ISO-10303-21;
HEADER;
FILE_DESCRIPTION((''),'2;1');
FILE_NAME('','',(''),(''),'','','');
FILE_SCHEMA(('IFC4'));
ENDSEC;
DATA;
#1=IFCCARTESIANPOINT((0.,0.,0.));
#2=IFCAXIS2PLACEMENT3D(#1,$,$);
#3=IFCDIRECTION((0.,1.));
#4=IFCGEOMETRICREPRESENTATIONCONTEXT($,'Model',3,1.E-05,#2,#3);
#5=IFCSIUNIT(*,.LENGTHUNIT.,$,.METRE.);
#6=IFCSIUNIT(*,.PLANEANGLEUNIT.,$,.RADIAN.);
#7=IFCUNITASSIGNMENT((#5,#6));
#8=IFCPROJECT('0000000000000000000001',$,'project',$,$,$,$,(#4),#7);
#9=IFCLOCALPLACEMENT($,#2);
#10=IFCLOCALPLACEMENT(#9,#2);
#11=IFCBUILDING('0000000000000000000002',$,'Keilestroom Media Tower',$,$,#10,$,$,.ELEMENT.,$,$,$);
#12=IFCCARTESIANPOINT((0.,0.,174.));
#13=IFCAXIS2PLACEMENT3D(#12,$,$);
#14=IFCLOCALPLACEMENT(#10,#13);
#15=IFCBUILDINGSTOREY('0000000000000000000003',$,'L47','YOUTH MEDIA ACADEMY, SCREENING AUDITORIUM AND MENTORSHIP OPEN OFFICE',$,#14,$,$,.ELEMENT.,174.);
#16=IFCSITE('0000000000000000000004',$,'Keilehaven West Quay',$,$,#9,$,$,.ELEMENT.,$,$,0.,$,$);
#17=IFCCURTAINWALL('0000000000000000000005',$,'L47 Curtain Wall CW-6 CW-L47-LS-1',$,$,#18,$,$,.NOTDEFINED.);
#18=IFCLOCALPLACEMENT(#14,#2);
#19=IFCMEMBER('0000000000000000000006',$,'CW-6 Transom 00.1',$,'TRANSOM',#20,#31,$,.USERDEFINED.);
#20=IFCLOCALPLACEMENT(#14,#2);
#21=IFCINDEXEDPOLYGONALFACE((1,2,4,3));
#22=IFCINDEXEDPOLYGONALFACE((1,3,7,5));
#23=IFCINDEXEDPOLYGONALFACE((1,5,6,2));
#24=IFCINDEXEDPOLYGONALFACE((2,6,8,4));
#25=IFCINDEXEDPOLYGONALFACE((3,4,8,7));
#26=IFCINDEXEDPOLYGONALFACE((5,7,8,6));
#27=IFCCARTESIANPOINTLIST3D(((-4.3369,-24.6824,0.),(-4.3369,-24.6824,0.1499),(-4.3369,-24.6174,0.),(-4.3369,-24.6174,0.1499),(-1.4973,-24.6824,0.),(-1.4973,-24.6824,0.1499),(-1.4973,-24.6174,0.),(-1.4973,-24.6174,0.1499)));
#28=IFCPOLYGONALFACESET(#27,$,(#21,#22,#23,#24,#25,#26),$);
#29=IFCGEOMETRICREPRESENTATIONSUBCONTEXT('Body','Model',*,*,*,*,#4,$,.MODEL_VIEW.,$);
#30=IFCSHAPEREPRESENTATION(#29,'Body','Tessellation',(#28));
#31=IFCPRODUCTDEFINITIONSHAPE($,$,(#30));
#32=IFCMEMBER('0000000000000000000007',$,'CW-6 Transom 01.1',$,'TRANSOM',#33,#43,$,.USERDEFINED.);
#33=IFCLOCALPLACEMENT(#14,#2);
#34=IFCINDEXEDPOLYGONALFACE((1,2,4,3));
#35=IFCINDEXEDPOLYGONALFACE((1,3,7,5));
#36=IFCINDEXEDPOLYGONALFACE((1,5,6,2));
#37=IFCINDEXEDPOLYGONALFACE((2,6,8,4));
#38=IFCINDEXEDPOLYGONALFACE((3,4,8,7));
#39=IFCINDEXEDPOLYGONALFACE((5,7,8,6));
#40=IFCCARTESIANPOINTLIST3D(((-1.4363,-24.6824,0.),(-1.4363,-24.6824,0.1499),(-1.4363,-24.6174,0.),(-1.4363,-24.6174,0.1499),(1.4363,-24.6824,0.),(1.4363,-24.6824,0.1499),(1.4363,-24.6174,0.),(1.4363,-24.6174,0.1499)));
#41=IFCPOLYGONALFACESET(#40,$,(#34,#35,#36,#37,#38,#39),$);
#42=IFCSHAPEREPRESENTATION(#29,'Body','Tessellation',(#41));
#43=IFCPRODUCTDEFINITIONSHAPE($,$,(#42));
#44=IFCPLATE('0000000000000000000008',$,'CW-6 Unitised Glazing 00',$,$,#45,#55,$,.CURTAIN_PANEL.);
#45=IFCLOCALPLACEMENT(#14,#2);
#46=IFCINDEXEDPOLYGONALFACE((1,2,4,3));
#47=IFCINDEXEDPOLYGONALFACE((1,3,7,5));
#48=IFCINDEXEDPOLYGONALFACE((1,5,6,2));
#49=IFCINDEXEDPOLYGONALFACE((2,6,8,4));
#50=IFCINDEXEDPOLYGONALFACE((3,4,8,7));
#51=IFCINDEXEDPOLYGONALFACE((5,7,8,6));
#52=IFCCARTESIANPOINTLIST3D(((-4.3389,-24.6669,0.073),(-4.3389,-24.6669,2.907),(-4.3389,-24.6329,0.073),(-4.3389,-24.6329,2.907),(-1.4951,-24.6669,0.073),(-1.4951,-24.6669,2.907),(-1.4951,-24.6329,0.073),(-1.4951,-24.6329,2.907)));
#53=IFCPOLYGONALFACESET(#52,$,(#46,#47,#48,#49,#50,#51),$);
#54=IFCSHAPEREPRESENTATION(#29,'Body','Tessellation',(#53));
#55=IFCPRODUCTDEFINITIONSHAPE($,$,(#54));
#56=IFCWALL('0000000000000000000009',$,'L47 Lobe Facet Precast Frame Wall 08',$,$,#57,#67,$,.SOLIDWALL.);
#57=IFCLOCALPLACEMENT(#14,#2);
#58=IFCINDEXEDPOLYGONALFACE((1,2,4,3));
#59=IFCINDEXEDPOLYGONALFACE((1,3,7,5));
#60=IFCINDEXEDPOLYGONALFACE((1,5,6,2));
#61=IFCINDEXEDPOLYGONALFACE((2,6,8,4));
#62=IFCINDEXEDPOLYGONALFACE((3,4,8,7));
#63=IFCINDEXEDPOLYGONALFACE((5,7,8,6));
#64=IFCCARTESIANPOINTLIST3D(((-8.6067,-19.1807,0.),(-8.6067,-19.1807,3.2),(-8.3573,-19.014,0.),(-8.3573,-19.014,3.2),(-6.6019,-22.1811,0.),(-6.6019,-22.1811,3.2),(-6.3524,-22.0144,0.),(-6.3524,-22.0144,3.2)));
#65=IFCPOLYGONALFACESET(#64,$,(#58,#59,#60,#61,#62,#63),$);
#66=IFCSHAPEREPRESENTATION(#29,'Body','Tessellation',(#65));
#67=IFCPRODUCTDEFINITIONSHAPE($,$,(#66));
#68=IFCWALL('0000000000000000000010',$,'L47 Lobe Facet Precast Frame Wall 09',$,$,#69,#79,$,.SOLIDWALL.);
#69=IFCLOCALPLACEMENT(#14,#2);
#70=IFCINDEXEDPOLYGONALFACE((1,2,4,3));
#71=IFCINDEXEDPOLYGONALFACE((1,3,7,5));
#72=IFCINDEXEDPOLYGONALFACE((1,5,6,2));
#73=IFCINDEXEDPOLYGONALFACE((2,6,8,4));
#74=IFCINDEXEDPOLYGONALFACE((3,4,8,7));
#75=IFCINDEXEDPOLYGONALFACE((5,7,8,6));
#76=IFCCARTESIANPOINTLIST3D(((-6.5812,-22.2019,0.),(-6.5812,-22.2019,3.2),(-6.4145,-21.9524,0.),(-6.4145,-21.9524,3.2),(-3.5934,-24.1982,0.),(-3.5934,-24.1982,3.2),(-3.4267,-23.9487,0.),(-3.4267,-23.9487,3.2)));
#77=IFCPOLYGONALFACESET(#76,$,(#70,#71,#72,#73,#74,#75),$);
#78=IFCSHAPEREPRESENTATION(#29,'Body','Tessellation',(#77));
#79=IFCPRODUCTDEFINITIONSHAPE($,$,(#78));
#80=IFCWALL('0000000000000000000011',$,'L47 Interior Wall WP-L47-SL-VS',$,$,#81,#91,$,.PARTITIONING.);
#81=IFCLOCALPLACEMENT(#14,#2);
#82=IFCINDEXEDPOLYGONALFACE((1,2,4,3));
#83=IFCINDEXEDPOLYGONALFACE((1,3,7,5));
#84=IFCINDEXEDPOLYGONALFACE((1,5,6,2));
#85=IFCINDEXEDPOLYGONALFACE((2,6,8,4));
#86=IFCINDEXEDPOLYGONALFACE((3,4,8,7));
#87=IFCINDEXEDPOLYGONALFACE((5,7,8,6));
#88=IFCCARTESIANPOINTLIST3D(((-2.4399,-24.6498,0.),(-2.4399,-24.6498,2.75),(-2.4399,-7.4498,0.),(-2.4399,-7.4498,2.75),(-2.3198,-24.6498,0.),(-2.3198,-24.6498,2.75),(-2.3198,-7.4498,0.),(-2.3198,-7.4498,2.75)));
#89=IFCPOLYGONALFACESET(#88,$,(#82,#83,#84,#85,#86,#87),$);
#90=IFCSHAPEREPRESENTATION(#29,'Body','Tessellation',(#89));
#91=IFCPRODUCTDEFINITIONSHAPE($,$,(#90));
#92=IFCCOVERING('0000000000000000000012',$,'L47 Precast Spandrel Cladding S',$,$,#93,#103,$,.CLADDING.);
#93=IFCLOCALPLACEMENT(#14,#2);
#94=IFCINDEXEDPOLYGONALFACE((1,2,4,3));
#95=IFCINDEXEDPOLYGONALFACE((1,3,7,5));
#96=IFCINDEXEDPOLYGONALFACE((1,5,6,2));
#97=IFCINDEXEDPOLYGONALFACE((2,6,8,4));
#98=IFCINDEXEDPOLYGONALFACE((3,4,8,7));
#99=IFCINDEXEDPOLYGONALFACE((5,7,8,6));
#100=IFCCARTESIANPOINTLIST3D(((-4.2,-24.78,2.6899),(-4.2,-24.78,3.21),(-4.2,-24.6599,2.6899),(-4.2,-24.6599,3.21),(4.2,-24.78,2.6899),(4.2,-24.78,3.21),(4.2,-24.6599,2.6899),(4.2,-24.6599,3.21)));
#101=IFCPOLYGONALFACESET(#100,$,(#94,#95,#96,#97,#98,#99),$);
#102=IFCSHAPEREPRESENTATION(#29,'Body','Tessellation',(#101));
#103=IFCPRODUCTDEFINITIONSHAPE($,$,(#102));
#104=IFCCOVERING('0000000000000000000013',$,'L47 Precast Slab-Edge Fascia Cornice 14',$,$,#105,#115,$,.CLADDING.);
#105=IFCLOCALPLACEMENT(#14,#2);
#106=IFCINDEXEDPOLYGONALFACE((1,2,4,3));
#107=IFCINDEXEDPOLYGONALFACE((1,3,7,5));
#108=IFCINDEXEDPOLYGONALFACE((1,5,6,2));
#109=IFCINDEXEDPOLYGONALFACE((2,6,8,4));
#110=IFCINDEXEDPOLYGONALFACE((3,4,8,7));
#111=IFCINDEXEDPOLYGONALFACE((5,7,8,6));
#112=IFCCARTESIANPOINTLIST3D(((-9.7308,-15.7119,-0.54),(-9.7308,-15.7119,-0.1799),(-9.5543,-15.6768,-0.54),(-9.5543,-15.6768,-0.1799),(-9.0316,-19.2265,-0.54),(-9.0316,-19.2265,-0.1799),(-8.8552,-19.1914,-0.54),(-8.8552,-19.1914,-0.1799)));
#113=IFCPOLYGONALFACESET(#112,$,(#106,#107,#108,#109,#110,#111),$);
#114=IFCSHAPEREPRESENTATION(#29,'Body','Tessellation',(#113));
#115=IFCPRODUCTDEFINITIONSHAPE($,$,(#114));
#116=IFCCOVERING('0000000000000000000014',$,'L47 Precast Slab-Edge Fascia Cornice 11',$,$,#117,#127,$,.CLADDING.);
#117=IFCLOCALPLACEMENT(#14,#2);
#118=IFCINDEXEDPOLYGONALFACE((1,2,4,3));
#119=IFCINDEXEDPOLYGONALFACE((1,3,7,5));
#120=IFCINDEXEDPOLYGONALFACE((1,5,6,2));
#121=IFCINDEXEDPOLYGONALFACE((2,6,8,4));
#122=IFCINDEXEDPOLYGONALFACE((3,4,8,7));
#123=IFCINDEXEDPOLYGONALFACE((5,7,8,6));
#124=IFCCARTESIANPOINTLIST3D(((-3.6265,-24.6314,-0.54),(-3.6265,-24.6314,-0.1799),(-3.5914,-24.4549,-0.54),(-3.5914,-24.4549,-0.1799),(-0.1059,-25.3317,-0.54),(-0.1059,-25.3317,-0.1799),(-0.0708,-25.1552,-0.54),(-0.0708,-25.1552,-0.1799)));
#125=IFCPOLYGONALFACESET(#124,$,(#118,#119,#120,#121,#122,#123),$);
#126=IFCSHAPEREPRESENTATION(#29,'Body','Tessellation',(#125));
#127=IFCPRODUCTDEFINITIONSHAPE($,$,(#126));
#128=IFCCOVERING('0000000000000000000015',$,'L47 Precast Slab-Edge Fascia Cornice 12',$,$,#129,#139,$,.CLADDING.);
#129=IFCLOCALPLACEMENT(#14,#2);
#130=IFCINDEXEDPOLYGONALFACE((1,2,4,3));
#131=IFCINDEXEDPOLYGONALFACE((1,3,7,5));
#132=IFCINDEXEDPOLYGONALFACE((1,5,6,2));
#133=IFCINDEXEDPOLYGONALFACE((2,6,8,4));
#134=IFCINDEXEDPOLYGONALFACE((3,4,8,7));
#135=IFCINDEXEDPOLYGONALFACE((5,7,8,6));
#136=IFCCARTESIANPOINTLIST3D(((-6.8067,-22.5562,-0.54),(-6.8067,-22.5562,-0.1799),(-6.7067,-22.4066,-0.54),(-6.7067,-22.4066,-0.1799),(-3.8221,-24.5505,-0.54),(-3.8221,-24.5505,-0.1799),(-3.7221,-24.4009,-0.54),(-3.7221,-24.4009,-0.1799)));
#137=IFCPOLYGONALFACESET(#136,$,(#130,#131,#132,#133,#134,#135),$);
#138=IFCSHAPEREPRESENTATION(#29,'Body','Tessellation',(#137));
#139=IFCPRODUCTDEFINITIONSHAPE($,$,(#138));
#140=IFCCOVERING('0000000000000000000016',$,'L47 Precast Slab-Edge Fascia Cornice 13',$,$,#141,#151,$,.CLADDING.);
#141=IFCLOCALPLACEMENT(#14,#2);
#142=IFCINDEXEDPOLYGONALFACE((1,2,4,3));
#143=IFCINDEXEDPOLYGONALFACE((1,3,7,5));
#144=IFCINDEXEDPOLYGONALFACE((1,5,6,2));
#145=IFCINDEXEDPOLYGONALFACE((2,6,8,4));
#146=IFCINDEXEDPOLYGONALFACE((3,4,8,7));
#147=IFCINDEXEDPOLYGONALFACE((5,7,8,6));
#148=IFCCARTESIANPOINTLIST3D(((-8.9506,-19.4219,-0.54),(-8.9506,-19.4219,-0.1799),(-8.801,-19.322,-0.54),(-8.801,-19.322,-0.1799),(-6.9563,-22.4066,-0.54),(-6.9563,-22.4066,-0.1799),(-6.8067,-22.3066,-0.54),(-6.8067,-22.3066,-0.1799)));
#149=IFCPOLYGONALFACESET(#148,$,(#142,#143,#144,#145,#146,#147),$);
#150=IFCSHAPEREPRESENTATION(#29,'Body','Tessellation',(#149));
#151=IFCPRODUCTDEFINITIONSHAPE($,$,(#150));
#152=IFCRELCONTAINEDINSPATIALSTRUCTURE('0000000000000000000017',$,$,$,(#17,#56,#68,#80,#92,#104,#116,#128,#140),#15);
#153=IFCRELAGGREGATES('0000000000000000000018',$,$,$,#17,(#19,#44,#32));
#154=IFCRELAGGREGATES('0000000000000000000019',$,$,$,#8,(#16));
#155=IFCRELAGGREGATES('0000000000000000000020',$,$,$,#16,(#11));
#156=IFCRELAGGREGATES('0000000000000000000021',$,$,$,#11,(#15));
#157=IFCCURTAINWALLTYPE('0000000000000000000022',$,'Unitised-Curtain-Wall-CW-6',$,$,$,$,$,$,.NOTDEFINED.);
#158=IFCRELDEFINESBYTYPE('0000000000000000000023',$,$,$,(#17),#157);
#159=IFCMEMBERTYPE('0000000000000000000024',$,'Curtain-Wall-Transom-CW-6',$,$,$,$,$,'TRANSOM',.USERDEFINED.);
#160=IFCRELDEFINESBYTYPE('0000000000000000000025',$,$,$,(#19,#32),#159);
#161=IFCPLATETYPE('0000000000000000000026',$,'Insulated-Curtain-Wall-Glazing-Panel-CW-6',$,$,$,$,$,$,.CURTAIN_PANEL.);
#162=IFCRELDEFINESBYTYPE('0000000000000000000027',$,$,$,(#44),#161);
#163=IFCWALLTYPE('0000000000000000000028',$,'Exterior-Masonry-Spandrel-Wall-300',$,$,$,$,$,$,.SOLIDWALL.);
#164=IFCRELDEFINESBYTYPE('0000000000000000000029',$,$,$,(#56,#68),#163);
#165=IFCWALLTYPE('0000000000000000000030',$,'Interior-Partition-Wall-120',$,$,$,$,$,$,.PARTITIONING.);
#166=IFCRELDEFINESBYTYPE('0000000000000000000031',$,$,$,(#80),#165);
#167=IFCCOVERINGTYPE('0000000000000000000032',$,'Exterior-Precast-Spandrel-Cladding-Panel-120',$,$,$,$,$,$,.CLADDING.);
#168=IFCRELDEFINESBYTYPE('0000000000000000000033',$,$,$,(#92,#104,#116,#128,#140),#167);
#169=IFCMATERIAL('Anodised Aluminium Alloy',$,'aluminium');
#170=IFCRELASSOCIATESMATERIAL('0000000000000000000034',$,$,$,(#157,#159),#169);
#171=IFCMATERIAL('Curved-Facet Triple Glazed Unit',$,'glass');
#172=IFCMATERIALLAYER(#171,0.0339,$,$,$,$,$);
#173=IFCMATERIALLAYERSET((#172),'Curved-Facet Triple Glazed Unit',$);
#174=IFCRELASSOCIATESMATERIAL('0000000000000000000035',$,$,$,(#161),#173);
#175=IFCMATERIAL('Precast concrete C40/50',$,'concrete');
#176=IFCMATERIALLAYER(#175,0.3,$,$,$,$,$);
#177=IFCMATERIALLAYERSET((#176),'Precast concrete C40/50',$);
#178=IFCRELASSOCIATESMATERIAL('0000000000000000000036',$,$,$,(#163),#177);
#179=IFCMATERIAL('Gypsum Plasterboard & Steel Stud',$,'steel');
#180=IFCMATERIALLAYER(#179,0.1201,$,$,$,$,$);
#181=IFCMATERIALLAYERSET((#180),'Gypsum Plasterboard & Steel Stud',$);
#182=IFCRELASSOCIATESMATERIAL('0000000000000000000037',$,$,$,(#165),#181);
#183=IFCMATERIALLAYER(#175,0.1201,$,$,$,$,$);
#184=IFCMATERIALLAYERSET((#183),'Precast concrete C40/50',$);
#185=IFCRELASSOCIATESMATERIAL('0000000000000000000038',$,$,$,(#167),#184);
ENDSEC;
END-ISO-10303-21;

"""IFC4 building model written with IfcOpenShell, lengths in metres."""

from ifc_helpers import new_model, si_unit, direction, frame, frame_2d, origin, origin_2d, place, context, subcontext, project, spatial, rectangle, extrude, source, transform, mapped, material, layer, layer_set, material_profile, profile_set, type_object, element, aggregate, save


model = new_model("IFC4")

# Units and contexts
model_context = context("Model", 3, precision=1e-05, world=origin(), true_north=direction((0.0, 1.0)))
body_context = subcontext(model_context, "Body", "Model", "MODEL_VIEW")
ifc_project = project(units=[si_unit("LENGTHUNIT", "METRE"), si_unit("PLANEANGLEUNIT", "RADIAN")], contexts=[model_context])

# Site, building, storey
site_placement = place(None, origin())
site = spatial("IfcSite", under=ifc_project, at=site_placement, Name="Keilehaven West Quay", CompositionType="ELEMENT", RefElevation=0.0)
building_placement = place(site_placement, origin())
building = spatial("IfcBuilding", under=site, at=building_placement, Name="Keilestroom Media Tower", CompositionType="ELEMENT")
storey_placement = place(building_placement, frame((0.0, 0.0, 174.0)))
storey = spatial("IfcBuildingStorey", under=building, at=storey_placement, Name="L47", Description="YOUTH MEDIA ACADEMY, SCREENING AUDITORIUM AND MENTORSHIP OPEN OFFICE", CompositionType="ELEMENT", Elevation=174.0)

# Curtain wall, members, plate
ifc_material_1 = material(Name="Anodised Aluminium Alloy", Category="aluminium")
curtain_wall_type = type_object("IfcCurtainWallType", Name="Unitised-Curtain-Wall-CW-6", PredefinedType="NOTDEFINED", material=ifc_material_1)
curtain_wall_placement = place(storey_placement, origin())
curtain_wall = element("IfcCurtainWall", 1, at=curtain_wall_placement, inside=storey, type_object=curtain_wall_type, Name="L47 Curtain Wall CW-6 CW-L47-LS-1", PredefinedType="NOTDEFINED")
ifc_material_profile_1 = material_profile(ifc_material_1, rectangle(XDim=0.0649, YDim=0.1499, at=origin_2d()), Name="ALU TRANSOM 65x150")
ifc_profile_set_1 = profile_set([ifc_material_profile_1], Name="Anodised Aluminium Alloy")
member_type_1 = type_object("IfcMemberType", Name="Curtain-Wall-Transom-CW-6", ElementType="TRANSOM", PredefinedType="USERDEFINED", material=ifc_profile_set_1)
shared_shape_1 = source(origin(), body_context, "Body", "SweptSolid", [
    extrude(rectangle(XDim=0.0649, YDim=0.1499, at=origin_2d()), origin(), (0.0, 0.0, 1.0), 2.8396),
])
member_1_placement = place(storey_placement, frame((-4.3369, -24.6499, 0.075), z_axis=(1.0, 0.0, 0.0), x_axis=(0.0, 1.0, 0.0)))
member_1 = element("IfcMember", 2, at=member_1_placement, type_object=member_type_1, Name="CW-6 Transom 00.1", ObjectType="TRANSOM", PredefinedType="USERDEFINED", context=body_context, shape_type="MappedRepresentation", body=[
    mapped(shared_shape_1, transform((0.0, 0.0, 0.0), x_axis=(1.0, 0.0, 0.0), y_axis=(0.0, 1.0, 0.0), z_axis=(0.0, 0.0, 1.0), scale=1.0)),
])
shared_shape_2 = source(origin(), body_context, "Body", "SweptSolid", [
    extrude(rectangle(XDim=0.0649, YDim=0.1499, at=origin_2d()), origin(), (0.0, 0.0, 1.0), 2.8726),
])
member_2_placement = place(storey_placement, frame((-1.4363, -24.6499, 0.075), z_axis=(1.0, 0.0, 0.0), x_axis=(0.0, 1.0, 0.0)))
member_2 = element("IfcMember", 3, at=member_2_placement, type_object=member_type_1, Name="CW-6 Transom 01.1", ObjectType="TRANSOM", PredefinedType="USERDEFINED", context=body_context, shape_type="MappedRepresentation", body=[
    mapped(shared_shape_2, transform((0.0, 0.0, 0.0), x_axis=(1.0, 0.0, 0.0), y_axis=(0.0, 1.0, 0.0), z_axis=(0.0, 0.0, 1.0), scale=1.0)),
])
ifc_material_2 = material(Name="Curved-Facet Triple Glazed Unit", Category="glass")
ifc_layer_1 = layer(ifc_material_2, 0.0339)
ifc_layer_set_1 = layer_set([ifc_layer_1], Name="Curved-Facet Triple Glazed Unit")
plate_type = type_object("IfcPlateType", Name="Insulated-Curtain-Wall-Glazing-Panel-CW-6", PredefinedType="CURTAIN_PANEL", material=ifc_layer_set_1)
shared_shape_3 = source(origin(), body_context, "Body", "SweptSolid", [
    extrude(rectangle(XDim=2.8438, YDim=0.0339, at=origin_2d()), origin(), (0.0, 0.0, 1.0), 2.834),
])
plate_placement = place(storey_placement, frame((-2.917, -24.6499, 0.073), z_axis=(0.0, 0.0, 1.0), x_axis=(1.0, 0.0, 0.0)))
plate = element("IfcPlate", 4, at=plate_placement, type_object=plate_type, Name="CW-6 Unitised Glazing 00", PredefinedType="CURTAIN_PANEL", context=body_context, shape_type="MappedRepresentation", body=[
    mapped(shared_shape_3, transform((0.0, 0.0, 0.0), x_axis=(1.0, 0.0, 0.0), y_axis=(0.0, 1.0, 0.0), z_axis=(0.0, 0.0, 1.0), scale=1.0)),
])
aggregate(curtain_wall, [member_1, plate, member_2])

# Walls
ifc_material_3 = material(Name="Precast concrete C40/50", Category="concrete")
ifc_layer_2 = layer(ifc_material_3, 0.3)
ifc_layer_set_2 = layer_set([ifc_layer_2], Name="Precast concrete C40/50")
wall_type_1 = type_object("IfcWallType", Name="Exterior-Masonry-Spandrel-Wall-300", PredefinedType="SOLIDWALL", material=ifc_layer_set_2)
wall_1_placement = place(storey_placement, frame((-8.4819, -19.0974, 0.0), z_axis=(0.0, 0.0, 1.0), x_axis=(0.555574, -0.831467, 0.0)))
element("IfcWall", 5, at=wall_1_placement, inside=storey, type_object=wall_type_1, Name="L47 Lobe Facet Precast Frame Wall 08", PredefinedType="SOLIDWALL", context=body_context, shape_type="SweptSolid", body=[
    extrude(rectangle(XDim=3.6086, YDim=0.3, at=frame_2d((1.8042, 0.0))), origin(), (0.0, 0.0, 1.0), 3.2),
])
wall_2_placement = place(storey_placement, frame((-6.4978, -22.0771, 0.0), z_axis=(0.0, 0.0, 1.0), x_axis=(0.831475, -0.555562, 0.0)))
element("IfcWall", 6, at=wall_2_placement, inside=storey, type_object=wall_type_1, Name="L47 Lobe Facet Precast Frame Wall 09", PredefinedType="SOLIDWALL", context=body_context, shape_type="SweptSolid", body=[
    extrude(rectangle(XDim=3.5933, YDim=0.3, at=frame_2d((1.7966, 0.0))), origin(), (0.0, 0.0, 1.0), 3.2),
])
ifc_material_4 = material(Name="Gypsum Plasterboard & Steel Stud", Category="steel")
ifc_layer_3 = layer(ifc_material_4, 0.1201)
ifc_layer_set_3 = layer_set([ifc_layer_3], Name="Gypsum Plasterboard & Steel Stud")
wall_type_2 = type_object("IfcWallType", Name="Interior-Partition-Wall-120", PredefinedType="PARTITIONING", material=ifc_layer_set_3)
wall_3_placement = place(storey_placement, frame((-2.3799, -24.6499, 0.0), z_axis=(0.0, 0.0, 1.0), x_axis=(0.0, 1.0, 0.0)))
element("IfcWall", 7, at=wall_3_placement, inside=storey, type_object=wall_type_2, Name="L47 Interior Wall WP-L47-SL-VS", PredefinedType="PARTITIONING", context=body_context, shape_type="SweptSolid", body=[
    extrude(rectangle(XDim=17.2, YDim=0.1201, at=frame_2d((8.6001, 0.0))), origin(), (0.0, 0.0, 1.0), 2.75),
])

# Coverings
ifc_layer_4 = layer(ifc_material_3, 0.1201)
ifc_layer_set_4 = layer_set([ifc_layer_4], Name="Precast concrete C40/50")
covering_type = type_object("IfcCoveringType", Name="Exterior-Precast-Spandrel-Cladding-Panel-120", PredefinedType="CLADDING", material=ifc_layer_set_4)
shared_shape_4 = source(origin(), body_context, "Body", "SweptSolid", [
    extrude(rectangle(XDim=8.3999, YDim=0.1201, at=origin_2d()), origin(), (0.0, 0.0, 1.0), 0.52),
])
covering_1_placement = place(storey_placement, frame((0.0, -24.72, 2.6899), z_axis=(0.0, 0.0, 1.0), x_axis=(1.0, 0.0, 0.0)))
element("IfcCovering", 8, at=covering_1_placement, inside=storey, type_object=covering_type, Name="L47 Precast Spandrel Cladding S", PredefinedType="CLADDING", context=body_context, shape_type="MappedRepresentation", body=[
    mapped(shared_shape_4, transform((0.0, 0.0, 0.0), x_axis=(1.0, 0.0, 0.0), y_axis=(0.0, 1.0, 0.0), z_axis=(0.0, 0.0, 1.0), scale=1.0)),
])
shared_shape_5 = source(origin(), body_context, "Body", "SweptSolid", [
    extrude(rectangle(XDim=3.5835, YDim=0.1799, at=origin_2d()), origin(), (0.0, 0.0, 1.0), 0.3601),
])
covering_2_placement = place(storey_placement, frame((-9.293, -17.4517, -0.54), z_axis=(0.0, 0.0, 1.0), x_axis=(-0.195099, 0.980784, 0.0)))
element("IfcCovering", 9, at=covering_2_placement, inside=storey, type_object=covering_type, Name="L47 Precast Slab-Edge Fascia Cornice 14", PredefinedType="CLADDING", context=body_context, shape_type="MappedRepresentation", body=[
    mapped(shared_shape_5, transform((0.0, 0.0, 0.0), x_axis=(1.0, 0.0, 0.0), y_axis=(0.0, 1.0, 0.0), z_axis=(0.0, 0.0, 1.0), scale=1.0)),
])
shared_shape_6 = source(origin(), body_context, "Body", "SweptSolid", [
    extrude(rectangle(XDim=3.5896, YDim=0.1799, at=origin_2d()), origin(), (0.0, 0.0, 1.0), 0.3601),
])
for number, where, z_axis, x_axis, name in (
    (10, (-1.8486, -24.8933, -0.54), (0.0, 0.0, 1.0), (-0.980784, 0.195099, 0.0), "L47 Precast Slab-Edge Fascia Cornice 11"),
    (11, (-5.2644, -23.4785, -0.54), (0.0, 0.0, 1.0), (-0.831467, 0.555575, 0.0), "L47 Precast Slab-Edge Fascia Cornice 12"),
    (12, (-7.8787, -20.8643, -0.54), (0.0, 0.0, 1.0), (-0.555575, 0.831467, 0.0), "L47 Precast Slab-Edge Fascia Cornice 13"),
):
    element("IfcCovering", number, at=place(storey_placement, frame(where, z_axis=z_axis, x_axis=x_axis)), inside=storey, type_object=covering_type, Name=name, PredefinedType="CLADDING", context=body_context, shape_type="MappedRepresentation", body=[
        mapped(shared_shape_6, transform((0.0, 0.0, 0.0), x_axis=(1.0, 0.0, 0.0), y_axis=(0.0, 1.0, 0.0), z_axis=(0.0, 0.0, 1.0), scale=1.0)),
    ])

save(model, "model.ifc")
